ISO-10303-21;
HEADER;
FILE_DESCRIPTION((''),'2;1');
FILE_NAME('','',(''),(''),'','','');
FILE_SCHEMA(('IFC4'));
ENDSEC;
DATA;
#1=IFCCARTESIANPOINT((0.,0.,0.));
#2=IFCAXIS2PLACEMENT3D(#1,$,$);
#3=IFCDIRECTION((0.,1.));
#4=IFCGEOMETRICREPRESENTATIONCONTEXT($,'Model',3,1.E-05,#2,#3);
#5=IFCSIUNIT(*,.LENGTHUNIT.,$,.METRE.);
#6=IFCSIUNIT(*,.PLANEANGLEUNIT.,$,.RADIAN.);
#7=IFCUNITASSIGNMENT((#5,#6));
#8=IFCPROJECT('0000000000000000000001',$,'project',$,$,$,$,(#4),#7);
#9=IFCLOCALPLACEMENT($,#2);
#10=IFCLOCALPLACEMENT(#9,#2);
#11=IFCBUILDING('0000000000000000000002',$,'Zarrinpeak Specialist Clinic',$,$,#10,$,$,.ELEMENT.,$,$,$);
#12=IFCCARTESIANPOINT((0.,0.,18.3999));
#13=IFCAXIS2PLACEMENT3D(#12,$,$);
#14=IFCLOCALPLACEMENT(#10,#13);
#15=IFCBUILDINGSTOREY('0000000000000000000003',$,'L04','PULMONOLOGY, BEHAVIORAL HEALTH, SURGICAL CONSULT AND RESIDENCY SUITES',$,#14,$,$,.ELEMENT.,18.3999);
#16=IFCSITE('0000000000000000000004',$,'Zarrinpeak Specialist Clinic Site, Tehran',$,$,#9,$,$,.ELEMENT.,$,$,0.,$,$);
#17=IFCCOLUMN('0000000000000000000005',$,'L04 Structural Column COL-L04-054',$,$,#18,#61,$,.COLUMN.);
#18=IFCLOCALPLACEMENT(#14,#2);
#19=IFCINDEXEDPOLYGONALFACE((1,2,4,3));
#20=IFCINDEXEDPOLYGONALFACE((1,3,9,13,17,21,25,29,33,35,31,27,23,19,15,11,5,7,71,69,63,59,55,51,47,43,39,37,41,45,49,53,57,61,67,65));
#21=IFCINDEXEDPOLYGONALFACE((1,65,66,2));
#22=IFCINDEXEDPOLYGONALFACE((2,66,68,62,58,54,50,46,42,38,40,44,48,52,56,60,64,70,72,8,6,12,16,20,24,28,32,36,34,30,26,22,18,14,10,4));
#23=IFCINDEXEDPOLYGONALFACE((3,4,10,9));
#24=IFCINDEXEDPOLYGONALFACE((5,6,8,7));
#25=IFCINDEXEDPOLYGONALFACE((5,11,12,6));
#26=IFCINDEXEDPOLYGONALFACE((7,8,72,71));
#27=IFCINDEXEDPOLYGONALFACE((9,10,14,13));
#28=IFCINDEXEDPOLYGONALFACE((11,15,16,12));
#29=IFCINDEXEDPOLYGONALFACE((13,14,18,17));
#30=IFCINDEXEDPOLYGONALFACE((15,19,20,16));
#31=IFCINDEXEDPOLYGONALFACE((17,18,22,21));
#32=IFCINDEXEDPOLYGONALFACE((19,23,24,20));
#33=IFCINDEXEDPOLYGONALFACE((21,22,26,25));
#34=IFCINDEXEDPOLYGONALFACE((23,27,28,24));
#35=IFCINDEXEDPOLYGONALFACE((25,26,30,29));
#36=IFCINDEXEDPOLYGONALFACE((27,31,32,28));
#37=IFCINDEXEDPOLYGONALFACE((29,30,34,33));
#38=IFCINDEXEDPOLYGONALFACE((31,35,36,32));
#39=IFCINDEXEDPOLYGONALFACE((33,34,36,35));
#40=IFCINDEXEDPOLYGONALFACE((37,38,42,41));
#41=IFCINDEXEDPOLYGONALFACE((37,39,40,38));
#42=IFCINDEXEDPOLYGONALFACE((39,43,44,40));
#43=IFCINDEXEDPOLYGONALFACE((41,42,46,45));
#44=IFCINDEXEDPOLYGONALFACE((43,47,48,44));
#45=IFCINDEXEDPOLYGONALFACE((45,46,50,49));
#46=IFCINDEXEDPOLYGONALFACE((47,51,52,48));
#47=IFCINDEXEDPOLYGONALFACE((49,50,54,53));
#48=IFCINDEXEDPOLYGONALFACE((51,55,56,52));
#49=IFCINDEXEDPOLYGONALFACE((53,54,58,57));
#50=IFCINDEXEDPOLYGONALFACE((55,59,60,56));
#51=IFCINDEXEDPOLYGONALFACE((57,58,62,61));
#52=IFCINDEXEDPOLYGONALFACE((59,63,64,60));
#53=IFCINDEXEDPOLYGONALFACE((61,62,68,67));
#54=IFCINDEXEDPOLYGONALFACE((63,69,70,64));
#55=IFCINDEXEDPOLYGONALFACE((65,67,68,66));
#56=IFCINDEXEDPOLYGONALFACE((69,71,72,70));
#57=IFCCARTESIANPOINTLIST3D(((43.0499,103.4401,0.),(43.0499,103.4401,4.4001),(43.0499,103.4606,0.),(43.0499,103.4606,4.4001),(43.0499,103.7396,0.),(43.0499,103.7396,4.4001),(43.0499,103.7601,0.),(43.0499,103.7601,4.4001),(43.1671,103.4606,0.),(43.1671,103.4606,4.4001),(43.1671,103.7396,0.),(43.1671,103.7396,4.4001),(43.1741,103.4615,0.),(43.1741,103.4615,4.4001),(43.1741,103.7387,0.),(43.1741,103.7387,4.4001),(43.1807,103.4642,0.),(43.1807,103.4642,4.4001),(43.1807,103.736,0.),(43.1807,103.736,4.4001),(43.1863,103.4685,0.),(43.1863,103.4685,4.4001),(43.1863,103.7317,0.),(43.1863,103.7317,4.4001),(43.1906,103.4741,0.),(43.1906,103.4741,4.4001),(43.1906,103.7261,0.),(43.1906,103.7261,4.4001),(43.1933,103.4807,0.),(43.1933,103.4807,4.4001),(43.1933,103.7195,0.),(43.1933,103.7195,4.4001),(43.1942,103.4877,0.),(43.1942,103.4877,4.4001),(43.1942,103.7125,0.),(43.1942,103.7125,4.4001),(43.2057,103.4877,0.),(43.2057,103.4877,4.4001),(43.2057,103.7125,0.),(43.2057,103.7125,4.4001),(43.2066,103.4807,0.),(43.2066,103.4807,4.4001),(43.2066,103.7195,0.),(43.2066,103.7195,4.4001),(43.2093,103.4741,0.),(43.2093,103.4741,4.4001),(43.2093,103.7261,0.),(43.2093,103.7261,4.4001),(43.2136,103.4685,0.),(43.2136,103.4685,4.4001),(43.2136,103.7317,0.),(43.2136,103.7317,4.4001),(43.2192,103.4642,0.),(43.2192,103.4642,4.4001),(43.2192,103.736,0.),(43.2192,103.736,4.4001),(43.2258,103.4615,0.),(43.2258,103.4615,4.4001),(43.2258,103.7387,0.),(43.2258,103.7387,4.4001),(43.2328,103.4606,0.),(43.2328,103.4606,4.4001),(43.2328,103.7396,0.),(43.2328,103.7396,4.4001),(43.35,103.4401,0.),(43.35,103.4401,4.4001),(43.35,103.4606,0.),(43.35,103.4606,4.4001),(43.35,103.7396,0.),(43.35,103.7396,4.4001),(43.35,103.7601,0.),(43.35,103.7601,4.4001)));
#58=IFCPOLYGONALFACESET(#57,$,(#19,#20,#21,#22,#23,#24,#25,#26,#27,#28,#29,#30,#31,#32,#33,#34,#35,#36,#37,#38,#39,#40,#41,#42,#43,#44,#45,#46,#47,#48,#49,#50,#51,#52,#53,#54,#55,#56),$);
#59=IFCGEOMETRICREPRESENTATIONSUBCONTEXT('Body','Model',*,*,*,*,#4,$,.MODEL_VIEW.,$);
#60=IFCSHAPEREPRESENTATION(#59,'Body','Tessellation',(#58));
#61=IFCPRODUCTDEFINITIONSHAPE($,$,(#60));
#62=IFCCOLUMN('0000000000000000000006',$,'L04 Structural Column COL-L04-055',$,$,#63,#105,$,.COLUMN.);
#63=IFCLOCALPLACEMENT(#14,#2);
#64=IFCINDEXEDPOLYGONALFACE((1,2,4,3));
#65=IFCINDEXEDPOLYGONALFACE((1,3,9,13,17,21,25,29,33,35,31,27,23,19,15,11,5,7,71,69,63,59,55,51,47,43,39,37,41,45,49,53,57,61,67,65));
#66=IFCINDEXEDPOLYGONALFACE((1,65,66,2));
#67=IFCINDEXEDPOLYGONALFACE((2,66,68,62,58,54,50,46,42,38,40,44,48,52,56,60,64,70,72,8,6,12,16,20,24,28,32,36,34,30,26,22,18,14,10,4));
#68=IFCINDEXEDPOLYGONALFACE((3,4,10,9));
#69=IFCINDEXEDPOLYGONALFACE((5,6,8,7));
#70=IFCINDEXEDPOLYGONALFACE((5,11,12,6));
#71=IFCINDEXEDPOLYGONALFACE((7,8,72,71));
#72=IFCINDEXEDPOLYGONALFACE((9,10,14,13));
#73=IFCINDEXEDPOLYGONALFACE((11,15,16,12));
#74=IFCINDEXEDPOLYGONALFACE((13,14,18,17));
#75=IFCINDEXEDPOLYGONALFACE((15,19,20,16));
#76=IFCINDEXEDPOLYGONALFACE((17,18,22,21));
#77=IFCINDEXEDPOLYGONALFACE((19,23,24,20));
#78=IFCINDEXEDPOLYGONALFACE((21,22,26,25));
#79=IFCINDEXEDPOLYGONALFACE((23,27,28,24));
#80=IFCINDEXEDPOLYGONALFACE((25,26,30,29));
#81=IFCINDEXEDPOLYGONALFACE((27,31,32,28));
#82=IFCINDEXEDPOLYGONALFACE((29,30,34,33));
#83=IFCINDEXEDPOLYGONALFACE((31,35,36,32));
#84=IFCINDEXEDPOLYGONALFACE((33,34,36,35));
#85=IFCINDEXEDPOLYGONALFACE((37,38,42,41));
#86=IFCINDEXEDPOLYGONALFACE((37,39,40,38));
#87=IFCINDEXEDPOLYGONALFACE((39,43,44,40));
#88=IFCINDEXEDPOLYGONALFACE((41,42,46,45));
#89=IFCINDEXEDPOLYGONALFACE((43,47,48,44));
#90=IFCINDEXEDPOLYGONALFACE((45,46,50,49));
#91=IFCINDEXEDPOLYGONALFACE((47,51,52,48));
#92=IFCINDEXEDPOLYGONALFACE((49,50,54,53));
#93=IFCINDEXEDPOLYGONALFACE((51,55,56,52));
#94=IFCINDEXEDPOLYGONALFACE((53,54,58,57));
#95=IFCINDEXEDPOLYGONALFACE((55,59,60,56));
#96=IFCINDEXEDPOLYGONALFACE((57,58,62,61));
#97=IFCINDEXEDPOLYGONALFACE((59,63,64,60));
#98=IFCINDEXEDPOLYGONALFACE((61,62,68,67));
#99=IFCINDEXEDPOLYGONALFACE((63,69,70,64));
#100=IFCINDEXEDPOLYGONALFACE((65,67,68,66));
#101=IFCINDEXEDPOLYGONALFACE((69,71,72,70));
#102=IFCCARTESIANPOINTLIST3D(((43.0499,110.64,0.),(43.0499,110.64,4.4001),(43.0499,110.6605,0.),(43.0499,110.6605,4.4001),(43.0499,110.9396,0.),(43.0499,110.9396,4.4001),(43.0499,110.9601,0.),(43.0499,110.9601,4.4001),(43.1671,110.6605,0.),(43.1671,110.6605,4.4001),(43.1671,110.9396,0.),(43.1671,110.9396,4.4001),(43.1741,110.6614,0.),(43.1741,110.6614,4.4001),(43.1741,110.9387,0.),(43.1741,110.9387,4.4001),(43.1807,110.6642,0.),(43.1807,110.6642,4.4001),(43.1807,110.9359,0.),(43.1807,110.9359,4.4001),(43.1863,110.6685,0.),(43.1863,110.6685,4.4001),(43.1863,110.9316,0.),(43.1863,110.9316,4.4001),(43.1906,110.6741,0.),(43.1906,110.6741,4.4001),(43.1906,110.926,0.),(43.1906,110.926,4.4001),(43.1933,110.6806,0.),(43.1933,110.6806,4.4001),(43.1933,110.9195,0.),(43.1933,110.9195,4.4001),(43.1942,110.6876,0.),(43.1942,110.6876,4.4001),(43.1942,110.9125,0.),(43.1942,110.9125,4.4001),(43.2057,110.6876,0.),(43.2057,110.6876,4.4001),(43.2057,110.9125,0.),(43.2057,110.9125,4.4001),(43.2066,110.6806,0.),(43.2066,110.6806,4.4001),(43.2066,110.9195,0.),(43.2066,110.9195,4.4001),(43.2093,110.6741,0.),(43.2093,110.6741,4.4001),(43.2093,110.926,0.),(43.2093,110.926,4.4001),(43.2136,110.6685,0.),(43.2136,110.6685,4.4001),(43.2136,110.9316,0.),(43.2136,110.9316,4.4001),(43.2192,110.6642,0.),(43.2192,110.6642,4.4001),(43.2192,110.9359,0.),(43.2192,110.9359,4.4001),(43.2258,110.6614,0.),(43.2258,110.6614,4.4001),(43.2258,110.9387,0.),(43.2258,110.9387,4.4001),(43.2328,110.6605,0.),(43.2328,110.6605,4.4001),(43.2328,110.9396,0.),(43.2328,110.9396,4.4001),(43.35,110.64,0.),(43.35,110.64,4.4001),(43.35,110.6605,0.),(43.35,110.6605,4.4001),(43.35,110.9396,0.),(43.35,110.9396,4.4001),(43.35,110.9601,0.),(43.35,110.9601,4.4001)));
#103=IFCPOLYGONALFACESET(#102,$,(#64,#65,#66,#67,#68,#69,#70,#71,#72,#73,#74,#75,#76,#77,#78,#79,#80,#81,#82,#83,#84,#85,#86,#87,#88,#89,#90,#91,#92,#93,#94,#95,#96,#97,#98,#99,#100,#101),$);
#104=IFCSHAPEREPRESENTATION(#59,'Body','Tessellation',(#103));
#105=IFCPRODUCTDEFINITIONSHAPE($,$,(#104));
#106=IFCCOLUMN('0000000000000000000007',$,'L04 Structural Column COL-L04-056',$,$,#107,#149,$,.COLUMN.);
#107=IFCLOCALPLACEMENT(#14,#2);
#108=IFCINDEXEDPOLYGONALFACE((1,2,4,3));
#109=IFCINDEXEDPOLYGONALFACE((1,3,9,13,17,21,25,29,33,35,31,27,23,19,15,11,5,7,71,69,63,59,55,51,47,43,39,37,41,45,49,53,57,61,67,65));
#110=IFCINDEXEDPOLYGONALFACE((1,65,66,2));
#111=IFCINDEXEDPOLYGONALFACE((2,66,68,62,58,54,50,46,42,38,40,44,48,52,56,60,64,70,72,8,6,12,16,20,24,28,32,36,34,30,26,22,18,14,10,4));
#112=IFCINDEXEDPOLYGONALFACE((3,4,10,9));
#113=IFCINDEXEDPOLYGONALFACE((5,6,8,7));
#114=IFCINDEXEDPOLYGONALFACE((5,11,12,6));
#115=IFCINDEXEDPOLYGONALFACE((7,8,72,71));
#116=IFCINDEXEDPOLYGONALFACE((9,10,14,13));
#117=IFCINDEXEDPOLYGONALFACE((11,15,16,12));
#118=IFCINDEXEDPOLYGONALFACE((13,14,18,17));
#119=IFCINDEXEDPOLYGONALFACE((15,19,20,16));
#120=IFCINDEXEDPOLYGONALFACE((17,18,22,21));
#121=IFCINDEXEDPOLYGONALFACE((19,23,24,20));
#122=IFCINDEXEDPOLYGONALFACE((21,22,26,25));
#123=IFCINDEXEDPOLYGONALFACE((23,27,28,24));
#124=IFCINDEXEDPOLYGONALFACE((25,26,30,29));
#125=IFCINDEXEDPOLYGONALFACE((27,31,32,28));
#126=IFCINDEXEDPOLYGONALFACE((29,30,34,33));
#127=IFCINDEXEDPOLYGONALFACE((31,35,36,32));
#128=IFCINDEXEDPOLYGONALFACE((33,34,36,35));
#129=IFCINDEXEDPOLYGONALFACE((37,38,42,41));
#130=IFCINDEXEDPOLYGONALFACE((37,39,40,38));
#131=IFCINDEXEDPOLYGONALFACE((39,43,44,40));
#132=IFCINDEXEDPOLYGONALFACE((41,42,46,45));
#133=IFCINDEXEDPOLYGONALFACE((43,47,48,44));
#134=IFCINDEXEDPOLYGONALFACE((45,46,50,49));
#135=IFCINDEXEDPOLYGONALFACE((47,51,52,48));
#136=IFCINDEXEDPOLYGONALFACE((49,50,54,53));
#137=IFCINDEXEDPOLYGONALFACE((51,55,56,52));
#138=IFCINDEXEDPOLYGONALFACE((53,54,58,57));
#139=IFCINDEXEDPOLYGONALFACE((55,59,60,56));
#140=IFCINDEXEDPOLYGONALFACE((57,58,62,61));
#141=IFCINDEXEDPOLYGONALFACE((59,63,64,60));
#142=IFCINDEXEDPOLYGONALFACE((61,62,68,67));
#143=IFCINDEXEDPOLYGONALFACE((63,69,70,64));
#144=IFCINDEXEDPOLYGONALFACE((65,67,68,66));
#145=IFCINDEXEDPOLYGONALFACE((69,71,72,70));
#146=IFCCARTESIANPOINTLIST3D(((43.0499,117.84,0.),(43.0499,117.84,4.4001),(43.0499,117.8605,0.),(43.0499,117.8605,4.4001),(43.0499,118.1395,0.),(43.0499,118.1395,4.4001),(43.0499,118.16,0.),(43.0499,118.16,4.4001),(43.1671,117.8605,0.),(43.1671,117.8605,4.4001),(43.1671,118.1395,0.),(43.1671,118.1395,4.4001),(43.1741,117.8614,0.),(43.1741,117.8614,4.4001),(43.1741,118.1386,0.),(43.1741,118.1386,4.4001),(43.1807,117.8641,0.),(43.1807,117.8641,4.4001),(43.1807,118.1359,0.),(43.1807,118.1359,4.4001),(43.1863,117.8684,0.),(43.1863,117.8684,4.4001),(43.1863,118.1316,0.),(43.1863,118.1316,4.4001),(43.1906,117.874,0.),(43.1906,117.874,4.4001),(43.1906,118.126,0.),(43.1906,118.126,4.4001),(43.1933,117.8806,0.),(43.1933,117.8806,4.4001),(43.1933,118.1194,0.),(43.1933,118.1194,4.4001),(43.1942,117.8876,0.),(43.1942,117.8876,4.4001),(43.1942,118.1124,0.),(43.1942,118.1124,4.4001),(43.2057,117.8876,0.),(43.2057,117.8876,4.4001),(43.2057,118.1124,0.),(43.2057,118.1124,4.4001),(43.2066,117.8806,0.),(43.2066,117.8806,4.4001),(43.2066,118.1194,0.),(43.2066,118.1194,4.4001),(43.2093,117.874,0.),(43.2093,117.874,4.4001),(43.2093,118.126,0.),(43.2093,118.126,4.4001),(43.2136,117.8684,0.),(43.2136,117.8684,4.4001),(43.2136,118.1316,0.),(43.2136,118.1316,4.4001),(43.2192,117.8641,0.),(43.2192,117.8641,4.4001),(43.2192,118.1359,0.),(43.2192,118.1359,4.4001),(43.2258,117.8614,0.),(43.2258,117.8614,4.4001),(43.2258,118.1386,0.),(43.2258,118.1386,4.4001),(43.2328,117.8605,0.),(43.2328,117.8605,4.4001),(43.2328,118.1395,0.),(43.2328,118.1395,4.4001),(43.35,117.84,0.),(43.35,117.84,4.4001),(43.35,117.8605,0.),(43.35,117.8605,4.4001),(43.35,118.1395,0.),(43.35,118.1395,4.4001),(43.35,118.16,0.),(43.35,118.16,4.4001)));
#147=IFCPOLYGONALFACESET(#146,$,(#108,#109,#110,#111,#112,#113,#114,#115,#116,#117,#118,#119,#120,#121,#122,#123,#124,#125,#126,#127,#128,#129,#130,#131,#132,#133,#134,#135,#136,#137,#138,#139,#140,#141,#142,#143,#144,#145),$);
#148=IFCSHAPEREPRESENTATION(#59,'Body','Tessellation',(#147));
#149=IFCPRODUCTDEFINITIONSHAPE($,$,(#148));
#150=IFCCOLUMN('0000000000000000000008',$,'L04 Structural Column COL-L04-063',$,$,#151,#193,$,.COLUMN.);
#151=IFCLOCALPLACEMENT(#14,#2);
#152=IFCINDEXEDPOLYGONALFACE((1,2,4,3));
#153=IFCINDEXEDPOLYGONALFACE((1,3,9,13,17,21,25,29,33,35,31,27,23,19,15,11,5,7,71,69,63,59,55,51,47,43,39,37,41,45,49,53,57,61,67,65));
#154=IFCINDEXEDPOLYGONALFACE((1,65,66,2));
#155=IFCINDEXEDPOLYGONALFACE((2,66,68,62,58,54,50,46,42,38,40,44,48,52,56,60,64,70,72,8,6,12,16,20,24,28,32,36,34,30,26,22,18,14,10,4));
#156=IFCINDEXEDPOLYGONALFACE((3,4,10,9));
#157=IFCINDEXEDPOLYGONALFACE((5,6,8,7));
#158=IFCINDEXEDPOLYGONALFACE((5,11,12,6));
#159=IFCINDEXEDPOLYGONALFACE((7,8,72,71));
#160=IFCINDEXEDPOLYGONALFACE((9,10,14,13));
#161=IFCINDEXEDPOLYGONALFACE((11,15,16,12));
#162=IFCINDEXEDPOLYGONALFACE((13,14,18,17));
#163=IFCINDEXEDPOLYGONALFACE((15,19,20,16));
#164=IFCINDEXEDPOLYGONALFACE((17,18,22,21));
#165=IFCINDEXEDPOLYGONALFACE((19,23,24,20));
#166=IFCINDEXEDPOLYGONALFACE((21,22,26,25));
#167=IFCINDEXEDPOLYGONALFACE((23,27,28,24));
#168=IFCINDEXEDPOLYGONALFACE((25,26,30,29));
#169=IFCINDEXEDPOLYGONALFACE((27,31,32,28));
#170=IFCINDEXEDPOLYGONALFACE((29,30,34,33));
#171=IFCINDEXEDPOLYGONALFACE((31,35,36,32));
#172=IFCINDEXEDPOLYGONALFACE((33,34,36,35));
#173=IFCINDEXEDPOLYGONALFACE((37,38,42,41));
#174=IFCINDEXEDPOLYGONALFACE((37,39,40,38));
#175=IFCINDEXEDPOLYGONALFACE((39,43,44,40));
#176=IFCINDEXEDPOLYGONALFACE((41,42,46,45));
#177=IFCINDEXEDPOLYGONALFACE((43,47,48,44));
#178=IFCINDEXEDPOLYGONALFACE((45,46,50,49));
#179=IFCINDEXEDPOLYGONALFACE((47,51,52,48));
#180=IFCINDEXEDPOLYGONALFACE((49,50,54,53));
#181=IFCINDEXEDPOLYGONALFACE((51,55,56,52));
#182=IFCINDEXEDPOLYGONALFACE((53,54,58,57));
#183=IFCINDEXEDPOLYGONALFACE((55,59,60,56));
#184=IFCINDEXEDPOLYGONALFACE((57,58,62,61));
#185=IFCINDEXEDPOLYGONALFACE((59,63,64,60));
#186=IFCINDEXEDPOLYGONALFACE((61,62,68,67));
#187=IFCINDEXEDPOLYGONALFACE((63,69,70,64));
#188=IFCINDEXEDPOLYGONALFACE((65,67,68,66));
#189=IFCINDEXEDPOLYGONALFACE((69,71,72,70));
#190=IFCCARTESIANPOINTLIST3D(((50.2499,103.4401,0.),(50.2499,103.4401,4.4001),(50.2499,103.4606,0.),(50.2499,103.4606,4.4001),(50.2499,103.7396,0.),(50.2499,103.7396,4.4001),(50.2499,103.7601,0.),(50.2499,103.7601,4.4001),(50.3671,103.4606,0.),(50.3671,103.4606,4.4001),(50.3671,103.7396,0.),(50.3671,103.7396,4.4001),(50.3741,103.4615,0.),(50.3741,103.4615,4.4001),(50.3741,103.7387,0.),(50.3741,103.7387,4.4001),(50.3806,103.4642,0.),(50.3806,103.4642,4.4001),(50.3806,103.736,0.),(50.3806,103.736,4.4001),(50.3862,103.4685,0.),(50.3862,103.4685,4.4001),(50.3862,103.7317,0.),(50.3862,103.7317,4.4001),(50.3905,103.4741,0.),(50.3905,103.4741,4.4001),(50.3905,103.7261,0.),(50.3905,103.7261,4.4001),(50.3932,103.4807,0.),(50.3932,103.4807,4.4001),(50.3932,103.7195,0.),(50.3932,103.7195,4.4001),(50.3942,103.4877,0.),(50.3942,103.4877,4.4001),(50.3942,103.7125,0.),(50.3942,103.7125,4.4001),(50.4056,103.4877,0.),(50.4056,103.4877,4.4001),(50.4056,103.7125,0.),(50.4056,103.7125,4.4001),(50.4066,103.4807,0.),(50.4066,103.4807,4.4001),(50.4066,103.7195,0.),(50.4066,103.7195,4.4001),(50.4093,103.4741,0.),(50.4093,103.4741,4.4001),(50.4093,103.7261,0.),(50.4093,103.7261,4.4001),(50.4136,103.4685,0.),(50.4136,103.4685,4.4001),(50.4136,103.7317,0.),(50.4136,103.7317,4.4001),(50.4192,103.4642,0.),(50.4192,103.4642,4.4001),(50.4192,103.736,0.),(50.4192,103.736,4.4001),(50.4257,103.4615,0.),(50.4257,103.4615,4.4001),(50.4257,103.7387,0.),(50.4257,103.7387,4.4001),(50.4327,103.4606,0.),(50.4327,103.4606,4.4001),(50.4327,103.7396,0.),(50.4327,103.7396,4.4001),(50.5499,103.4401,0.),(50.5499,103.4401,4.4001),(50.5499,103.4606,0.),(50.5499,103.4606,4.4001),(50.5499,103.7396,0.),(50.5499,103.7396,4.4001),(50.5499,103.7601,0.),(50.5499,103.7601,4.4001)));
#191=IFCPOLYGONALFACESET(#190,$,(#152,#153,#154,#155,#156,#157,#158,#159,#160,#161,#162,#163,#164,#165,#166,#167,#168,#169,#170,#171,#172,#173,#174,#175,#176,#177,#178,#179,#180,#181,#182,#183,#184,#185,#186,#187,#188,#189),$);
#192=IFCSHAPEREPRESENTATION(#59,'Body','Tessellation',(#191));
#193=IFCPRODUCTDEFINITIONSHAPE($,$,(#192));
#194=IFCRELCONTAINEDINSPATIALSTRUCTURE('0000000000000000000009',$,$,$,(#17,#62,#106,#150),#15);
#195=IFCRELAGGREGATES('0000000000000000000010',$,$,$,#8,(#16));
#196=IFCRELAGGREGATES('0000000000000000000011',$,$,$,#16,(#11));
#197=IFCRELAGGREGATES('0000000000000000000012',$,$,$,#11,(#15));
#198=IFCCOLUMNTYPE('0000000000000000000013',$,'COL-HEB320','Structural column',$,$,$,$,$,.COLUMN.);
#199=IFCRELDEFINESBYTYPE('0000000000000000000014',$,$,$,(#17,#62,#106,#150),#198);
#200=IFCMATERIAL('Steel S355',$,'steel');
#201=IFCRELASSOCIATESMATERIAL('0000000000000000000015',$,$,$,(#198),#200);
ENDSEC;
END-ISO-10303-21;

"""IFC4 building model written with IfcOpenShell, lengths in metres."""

from ifc_helpers import new_model, si_unit, direction, frame, origin, origin_2d, place, context, subcontext, project, spatial, i_section, extrude, material, material_profile, profile_set, type_object, element, save


model = new_model("IFC4")

# Units and contexts
model_context = context("Model", 3, precision=1e-05, world=origin(), true_north=direction((0.0, 1.0)))
body_context = subcontext(model_context, "Body", "Model", "MODEL_VIEW")
ifc_project = project(units=[si_unit("LENGTHUNIT", "METRE"), si_unit("PLANEANGLEUNIT", "RADIAN")], contexts=[model_context])

# Site, building, storey
site_placement = place(None, origin())
site = spatial("IfcSite", under=ifc_project, at=site_placement, Name="Zarrinpeak Specialist Clinic Site, Tehran", CompositionType="ELEMENT", RefElevation=0.0)
building_placement = place(site_placement, origin())
building = spatial("IfcBuilding", under=site, at=building_placement, Name="Zarrinpeak Specialist Clinic", CompositionType="ELEMENT")
storey_placement = place(building_placement, frame((0.0, 0.0, 18.3999)))
storey = spatial("IfcBuildingStorey", under=building, at=storey_placement, Name="L04", Description="PULMONOLOGY, BEHAVIORAL HEALTH, SURGICAL CONSULT AND RESIDENCY SUITES", CompositionType="ELEMENT", Elevation=18.3999)

# Columns
ifc_material_1 = material(Name="Steel S355", Category="steel")
ifc_material_profile_1 = material_profile(ifc_material_1, i_section(OverallWidth=0.3, OverallDepth=0.3201, WebThickness=0.0115, FlangeThickness=0.0205, FilletRadius=0.0271, at=origin_2d()), Name="HEB 320")
ifc_profile_set_1 = profile_set([ifc_material_profile_1], Name="Steel S355")
column_type = type_object("IfcColumnType", Name="COL-HEB320", Description="Structural column", PredefinedType="COLUMN", material=ifc_profile_set_1)
for number, where, z_axis, x_axis, name in (
    (1, (43.2, 103.6001, 0.0), (0.0, 0.0, 1.0), (1.0, 0.0, 0.0), "L04 Structural Column COL-L04-054"),
    (2, (43.2, 110.8, 0.0), (0.0, 0.0, 1.0), (1.0, 0.0, 0.0), "L04 Structural Column COL-L04-055"),
    (3, (43.2, 118.0, 0.0), (0.0, 0.0, 1.0), (1.0, 0.0, 0.0), "L04 Structural Column COL-L04-056"),
    (4, (50.3999, 103.6001, 0.0), (0.0, 0.0, 1.0), (1.0, 0.0, 0.0), "L04 Structural Column COL-L04-063"),
):
    element("IfcColumn", number, at=place(storey_placement, frame(where, z_axis=z_axis, x_axis=x_axis)), inside=storey, type_object=column_type, Name=name, PredefinedType="COLUMN", context=body_context, shape_type="SweptSolid", body=[
        extrude(i_section(OverallWidth=0.3, OverallDepth=0.3201, WebThickness=0.0115, FlangeThickness=0.0205, FilletRadius=0.0271, at=origin_2d()), origin(), (0.0, 0.0, 1.0), 4.4001),
    ])

save(model, "model.ifc")
